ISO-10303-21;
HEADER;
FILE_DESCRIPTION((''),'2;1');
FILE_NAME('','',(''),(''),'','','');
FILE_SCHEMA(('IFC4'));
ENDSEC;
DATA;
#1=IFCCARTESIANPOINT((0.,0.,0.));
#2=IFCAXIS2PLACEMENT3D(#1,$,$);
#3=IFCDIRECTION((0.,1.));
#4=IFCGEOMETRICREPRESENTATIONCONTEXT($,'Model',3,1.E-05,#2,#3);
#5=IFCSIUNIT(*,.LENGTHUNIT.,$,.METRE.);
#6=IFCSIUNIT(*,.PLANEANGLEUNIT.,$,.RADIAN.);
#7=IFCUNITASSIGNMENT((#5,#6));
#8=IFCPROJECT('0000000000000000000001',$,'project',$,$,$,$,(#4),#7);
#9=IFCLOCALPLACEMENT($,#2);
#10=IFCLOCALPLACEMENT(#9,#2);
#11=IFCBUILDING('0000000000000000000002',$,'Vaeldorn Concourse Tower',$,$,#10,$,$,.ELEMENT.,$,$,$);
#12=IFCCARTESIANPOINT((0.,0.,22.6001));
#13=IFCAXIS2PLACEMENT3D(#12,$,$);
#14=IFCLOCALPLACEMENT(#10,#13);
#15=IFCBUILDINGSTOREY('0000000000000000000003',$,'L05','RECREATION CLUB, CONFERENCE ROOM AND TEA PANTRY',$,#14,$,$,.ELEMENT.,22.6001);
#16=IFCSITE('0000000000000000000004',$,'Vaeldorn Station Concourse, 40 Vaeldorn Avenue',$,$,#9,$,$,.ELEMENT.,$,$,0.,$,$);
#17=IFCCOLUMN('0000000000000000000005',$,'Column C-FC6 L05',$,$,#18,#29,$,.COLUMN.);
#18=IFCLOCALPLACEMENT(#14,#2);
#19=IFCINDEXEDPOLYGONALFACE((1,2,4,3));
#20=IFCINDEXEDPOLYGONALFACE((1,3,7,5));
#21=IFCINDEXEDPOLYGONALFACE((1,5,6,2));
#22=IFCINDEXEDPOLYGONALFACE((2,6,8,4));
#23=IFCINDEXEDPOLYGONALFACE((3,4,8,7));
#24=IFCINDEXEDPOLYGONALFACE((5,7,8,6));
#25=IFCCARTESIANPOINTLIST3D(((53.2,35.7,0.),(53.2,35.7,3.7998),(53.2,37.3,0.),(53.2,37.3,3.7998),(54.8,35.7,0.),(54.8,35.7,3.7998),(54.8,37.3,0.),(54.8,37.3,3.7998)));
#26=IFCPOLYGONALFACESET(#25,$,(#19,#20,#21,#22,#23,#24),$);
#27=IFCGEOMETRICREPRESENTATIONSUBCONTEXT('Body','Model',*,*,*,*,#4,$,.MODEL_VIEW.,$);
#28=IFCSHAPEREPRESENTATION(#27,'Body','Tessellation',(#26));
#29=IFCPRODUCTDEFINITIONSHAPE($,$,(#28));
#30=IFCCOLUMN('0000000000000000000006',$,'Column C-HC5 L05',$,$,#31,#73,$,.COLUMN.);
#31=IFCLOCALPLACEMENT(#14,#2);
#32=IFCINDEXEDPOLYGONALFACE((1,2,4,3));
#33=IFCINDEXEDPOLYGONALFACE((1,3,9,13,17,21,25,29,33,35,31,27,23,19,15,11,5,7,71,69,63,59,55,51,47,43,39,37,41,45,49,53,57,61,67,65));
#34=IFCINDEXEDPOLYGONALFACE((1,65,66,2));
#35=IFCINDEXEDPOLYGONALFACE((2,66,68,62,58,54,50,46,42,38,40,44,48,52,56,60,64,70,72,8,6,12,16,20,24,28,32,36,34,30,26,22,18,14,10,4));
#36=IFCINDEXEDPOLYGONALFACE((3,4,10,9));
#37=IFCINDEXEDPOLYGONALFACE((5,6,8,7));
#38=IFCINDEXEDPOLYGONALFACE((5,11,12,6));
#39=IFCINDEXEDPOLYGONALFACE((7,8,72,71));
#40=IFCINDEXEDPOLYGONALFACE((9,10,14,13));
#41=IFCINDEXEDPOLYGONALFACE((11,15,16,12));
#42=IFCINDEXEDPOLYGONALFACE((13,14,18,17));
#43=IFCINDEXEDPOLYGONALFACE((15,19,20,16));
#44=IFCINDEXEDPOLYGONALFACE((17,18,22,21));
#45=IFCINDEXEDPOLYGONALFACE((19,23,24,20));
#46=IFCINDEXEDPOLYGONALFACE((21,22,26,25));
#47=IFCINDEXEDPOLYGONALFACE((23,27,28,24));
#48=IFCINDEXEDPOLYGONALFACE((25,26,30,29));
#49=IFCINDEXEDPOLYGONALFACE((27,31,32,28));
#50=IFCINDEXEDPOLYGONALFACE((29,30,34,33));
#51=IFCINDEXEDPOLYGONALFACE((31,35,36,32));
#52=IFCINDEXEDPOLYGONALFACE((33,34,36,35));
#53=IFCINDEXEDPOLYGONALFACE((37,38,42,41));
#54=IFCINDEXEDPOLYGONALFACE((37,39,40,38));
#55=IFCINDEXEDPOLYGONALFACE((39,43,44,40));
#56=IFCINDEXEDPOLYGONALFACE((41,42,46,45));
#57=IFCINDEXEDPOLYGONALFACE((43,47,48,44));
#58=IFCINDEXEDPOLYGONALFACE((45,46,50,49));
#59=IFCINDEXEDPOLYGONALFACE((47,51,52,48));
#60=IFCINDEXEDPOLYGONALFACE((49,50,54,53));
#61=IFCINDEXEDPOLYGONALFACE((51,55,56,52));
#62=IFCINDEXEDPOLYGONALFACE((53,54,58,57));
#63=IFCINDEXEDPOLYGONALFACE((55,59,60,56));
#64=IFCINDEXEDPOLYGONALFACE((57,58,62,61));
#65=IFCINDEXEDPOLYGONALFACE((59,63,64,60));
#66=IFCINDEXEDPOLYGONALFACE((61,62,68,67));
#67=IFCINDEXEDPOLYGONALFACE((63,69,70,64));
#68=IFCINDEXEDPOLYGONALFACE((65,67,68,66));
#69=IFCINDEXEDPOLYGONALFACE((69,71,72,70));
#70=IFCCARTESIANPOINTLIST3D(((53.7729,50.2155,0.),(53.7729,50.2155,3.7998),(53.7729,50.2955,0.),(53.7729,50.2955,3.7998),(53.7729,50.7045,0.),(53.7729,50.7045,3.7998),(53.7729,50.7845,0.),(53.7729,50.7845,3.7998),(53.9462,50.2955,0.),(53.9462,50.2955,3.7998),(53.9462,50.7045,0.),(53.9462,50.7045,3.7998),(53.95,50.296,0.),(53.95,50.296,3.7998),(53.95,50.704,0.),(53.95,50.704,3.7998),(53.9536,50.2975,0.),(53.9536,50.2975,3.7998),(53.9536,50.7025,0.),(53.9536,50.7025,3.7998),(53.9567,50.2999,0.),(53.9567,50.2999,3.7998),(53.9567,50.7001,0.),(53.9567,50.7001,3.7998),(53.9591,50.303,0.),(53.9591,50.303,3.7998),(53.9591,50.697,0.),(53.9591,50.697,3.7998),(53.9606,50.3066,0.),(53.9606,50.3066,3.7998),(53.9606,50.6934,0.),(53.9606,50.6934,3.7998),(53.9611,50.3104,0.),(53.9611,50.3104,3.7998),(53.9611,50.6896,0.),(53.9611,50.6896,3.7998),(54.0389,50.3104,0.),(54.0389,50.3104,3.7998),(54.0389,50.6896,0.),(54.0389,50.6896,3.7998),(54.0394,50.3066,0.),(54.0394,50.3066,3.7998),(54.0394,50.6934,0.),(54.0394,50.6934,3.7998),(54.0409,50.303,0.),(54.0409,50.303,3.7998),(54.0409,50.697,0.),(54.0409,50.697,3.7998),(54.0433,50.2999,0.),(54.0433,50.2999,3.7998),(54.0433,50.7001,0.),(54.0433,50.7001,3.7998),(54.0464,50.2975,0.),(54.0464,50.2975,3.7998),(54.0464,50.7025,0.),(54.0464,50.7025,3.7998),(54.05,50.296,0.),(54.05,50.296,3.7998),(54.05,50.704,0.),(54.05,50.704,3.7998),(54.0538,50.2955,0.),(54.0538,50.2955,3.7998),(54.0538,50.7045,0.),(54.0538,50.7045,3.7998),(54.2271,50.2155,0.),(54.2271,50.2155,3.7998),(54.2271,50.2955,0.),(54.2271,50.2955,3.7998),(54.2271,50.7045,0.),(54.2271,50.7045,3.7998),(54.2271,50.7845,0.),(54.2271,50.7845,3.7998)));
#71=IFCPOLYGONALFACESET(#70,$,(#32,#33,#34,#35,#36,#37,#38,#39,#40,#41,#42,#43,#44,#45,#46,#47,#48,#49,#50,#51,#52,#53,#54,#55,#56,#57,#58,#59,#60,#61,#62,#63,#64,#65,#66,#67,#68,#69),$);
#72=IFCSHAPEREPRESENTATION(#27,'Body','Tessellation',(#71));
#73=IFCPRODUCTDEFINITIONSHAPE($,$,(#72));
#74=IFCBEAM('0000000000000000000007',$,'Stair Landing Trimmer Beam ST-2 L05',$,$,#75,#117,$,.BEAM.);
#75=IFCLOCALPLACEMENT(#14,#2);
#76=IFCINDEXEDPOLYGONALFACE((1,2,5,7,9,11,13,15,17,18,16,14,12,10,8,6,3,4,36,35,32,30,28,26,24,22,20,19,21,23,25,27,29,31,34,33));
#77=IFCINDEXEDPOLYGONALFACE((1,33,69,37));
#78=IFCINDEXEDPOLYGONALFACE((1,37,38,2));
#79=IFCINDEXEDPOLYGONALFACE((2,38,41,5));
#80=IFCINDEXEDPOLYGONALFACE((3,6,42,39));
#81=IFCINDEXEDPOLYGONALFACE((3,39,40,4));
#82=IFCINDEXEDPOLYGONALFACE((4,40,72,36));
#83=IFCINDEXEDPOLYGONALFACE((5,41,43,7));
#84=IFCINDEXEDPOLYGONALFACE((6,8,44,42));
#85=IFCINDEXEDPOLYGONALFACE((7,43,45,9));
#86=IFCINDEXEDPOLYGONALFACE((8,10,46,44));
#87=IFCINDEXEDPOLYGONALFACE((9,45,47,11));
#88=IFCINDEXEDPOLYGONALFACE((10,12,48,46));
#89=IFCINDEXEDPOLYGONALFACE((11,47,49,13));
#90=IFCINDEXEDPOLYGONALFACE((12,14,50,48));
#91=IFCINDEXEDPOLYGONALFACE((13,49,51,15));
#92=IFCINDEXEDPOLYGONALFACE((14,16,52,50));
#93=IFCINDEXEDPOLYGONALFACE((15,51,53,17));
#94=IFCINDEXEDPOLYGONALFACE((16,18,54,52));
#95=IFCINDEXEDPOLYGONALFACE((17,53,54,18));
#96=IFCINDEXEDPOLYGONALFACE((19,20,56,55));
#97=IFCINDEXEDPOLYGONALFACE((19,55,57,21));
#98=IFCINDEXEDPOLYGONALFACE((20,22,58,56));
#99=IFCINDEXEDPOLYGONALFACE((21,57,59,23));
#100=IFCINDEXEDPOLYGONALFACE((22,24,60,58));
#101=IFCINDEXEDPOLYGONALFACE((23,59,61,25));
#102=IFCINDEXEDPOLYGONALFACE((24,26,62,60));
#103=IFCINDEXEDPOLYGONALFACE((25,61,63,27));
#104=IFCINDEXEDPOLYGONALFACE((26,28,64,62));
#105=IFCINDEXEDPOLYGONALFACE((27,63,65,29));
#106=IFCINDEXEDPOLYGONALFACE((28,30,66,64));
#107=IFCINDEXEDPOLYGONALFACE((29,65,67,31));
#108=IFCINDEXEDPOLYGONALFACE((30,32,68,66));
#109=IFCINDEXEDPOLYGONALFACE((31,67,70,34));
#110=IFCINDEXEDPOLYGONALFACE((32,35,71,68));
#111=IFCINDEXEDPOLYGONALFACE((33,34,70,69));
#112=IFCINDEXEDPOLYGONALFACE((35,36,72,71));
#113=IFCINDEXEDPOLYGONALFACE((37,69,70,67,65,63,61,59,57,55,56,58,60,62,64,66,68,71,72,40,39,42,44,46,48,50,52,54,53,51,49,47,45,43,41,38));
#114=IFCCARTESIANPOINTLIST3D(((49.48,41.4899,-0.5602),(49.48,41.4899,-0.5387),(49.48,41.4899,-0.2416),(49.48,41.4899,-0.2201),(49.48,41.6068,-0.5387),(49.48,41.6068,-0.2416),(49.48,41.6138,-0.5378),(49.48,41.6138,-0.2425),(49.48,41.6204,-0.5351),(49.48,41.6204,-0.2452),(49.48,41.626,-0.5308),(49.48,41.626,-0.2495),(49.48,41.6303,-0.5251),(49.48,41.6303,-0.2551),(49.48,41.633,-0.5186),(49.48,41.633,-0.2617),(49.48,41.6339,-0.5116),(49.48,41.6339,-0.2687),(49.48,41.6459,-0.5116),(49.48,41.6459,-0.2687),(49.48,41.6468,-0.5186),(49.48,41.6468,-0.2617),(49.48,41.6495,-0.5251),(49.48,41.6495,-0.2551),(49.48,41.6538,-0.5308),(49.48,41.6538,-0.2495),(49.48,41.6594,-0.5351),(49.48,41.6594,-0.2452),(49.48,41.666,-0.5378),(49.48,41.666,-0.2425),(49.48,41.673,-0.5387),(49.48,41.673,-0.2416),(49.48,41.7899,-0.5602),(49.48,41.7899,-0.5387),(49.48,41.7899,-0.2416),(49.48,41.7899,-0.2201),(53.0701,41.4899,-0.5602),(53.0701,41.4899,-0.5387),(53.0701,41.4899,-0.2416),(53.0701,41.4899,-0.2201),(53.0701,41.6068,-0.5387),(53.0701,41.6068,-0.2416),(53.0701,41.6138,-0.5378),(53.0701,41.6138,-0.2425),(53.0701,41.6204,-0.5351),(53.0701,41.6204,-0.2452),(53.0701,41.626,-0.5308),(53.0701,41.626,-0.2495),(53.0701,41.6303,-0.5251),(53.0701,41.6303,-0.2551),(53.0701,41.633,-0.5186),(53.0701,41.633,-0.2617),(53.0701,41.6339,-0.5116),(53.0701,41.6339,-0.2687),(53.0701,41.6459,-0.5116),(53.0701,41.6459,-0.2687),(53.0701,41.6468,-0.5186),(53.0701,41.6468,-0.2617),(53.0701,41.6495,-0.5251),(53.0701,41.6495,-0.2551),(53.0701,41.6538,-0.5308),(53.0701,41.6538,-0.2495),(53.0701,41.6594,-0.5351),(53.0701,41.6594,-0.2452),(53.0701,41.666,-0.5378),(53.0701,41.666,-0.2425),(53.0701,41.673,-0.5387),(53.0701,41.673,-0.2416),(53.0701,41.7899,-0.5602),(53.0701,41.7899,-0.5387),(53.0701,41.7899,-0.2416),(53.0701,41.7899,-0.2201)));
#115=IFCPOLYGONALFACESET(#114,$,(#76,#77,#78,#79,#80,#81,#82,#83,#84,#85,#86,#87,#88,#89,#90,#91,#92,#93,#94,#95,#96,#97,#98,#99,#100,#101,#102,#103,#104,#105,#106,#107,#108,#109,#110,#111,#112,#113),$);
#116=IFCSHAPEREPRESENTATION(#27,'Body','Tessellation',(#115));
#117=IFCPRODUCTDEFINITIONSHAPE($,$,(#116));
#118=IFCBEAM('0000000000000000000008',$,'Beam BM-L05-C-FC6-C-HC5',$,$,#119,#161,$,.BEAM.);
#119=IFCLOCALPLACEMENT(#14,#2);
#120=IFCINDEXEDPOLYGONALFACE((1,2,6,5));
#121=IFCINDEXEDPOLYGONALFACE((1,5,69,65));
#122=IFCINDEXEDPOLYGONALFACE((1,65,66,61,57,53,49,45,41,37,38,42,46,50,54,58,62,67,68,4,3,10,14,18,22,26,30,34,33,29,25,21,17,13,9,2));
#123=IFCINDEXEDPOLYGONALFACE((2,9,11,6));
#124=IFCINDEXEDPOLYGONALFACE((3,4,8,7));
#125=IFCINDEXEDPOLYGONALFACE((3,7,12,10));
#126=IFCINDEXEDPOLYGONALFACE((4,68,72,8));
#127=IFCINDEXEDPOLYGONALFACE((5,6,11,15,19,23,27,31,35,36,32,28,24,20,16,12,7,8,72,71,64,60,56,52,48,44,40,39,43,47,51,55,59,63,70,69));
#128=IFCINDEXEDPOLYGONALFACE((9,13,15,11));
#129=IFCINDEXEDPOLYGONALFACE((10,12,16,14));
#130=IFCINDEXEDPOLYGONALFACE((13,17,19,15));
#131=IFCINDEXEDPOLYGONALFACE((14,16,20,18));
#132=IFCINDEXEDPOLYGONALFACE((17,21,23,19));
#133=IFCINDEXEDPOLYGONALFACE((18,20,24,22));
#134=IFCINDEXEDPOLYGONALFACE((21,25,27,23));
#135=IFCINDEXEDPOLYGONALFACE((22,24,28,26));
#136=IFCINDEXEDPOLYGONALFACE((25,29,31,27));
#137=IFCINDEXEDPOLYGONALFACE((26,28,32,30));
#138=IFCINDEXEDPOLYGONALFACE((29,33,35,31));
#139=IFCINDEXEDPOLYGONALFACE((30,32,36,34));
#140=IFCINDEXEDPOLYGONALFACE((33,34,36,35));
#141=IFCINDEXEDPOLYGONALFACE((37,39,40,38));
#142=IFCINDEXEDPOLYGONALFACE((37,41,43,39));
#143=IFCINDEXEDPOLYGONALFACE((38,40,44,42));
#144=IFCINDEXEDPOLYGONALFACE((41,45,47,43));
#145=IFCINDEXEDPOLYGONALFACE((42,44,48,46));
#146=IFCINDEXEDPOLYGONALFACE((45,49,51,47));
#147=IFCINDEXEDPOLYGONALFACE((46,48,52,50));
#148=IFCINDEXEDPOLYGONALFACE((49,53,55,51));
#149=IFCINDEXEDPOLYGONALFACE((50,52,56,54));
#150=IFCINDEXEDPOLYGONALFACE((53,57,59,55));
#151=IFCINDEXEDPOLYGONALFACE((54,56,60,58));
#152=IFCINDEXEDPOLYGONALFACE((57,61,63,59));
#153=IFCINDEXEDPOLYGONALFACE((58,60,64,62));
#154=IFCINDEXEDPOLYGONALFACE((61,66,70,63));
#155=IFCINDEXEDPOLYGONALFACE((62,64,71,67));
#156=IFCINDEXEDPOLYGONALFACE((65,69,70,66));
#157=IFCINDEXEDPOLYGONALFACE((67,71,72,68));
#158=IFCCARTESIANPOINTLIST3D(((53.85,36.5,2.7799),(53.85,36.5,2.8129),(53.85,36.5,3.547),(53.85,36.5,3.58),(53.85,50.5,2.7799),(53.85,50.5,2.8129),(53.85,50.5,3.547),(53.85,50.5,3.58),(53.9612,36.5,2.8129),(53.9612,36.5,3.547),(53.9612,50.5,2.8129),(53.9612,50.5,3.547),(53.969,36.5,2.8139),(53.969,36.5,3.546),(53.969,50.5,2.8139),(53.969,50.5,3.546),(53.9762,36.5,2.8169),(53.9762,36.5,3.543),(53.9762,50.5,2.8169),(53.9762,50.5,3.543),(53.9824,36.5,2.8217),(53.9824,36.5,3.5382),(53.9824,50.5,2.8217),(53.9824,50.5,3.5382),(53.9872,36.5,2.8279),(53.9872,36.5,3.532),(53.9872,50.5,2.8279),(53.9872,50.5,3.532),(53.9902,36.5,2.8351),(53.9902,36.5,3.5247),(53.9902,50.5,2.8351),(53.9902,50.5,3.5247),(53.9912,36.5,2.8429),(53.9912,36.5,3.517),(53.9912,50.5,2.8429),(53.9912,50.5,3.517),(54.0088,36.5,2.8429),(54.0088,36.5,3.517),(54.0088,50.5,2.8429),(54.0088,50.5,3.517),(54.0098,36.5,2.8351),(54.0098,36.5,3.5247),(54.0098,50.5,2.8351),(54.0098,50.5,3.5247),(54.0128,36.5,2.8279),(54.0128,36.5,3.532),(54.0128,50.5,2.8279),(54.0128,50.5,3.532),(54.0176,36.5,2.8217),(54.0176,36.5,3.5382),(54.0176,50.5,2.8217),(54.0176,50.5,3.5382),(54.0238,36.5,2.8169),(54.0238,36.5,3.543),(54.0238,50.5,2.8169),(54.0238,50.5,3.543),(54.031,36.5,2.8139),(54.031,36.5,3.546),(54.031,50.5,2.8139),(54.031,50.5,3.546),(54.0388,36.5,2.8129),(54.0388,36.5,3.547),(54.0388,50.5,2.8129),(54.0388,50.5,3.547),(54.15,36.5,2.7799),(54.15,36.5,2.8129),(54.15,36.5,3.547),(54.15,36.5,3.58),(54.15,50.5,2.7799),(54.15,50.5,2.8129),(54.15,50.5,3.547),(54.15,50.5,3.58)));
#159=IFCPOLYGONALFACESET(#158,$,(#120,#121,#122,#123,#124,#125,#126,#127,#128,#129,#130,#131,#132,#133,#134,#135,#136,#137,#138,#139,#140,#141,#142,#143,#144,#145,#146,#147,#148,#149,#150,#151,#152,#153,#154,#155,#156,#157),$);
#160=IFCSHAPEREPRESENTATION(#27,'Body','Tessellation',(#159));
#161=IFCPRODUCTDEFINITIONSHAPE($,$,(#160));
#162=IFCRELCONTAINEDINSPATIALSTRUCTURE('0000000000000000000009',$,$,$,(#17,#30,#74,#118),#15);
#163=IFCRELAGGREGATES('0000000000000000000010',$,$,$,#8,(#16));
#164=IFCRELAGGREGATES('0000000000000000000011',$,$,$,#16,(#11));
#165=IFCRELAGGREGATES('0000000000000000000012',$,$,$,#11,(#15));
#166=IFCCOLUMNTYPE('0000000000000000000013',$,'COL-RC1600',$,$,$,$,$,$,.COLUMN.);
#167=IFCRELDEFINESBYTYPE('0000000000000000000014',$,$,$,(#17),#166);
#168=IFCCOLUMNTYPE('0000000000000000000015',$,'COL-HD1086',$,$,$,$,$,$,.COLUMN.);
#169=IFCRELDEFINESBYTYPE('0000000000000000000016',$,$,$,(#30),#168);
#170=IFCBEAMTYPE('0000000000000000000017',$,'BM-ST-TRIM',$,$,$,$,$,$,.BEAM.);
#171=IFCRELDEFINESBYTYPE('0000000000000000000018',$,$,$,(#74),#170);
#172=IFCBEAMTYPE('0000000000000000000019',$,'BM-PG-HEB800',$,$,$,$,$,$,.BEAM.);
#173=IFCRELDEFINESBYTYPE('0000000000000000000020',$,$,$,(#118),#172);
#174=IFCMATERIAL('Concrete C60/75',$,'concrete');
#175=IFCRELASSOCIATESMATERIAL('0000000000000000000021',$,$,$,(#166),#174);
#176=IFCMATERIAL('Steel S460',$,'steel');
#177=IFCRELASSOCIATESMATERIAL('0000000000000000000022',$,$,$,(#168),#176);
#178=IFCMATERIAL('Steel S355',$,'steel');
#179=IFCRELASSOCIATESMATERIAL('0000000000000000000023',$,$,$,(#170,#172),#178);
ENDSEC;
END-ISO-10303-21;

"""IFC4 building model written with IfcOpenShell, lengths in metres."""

from ifc_helpers import new_model, si_unit, direction, frame, origin, origin_2d, place, context, subcontext, project, spatial, rectangle, i_section, extrude, source, transform, mapped, material, material_profile, profile_set, type_object, element, save


model = new_model("IFC4")

# Units and contexts
model_context = context("Model", 3, precision=1e-05, world=origin(), true_north=direction((0.0, 1.0)))
body_context = subcontext(model_context, "Body", "Model", "MODEL_VIEW")
ifc_project = project(units=[si_unit("LENGTHUNIT", "METRE"), si_unit("PLANEANGLEUNIT", "RADIAN")], contexts=[model_context])

# Site, building, storey
site_placement = place(None, origin())
site = spatial("IfcSite", under=ifc_project, at=site_placement, Name="Vaeldorn Station Concourse, 40 Vaeldorn Avenue", CompositionType="ELEMENT", RefElevation=0.0)
building_placement = place(site_placement, origin())
building = spatial("IfcBuilding", under=site, at=building_placement, Name="Vaeldorn Concourse Tower", CompositionType="ELEMENT")
storey_placement = place(building_placement, frame((0.0, 0.0, 22.6001)))
storey = spatial("IfcBuildingStorey", under=building, at=storey_placement, Name="L05", Description="RECREATION CLUB, CONFERENCE ROOM AND TEA PANTRY", CompositionType="ELEMENT", Elevation=22.6001)

# Columns
ifc_material_1 = material(Name="Concrete C60/75", Category="concrete")
ifc_material_profile_1 = material_profile(ifc_material_1, rectangle(XDim=1.6001, YDim=1.6001, at=origin_2d()), Name="RC 1600x1600")
ifc_profile_set_1 = profile_set([ifc_material_profile_1], Name="Concrete C60/75")
column_type_1 = type_object("IfcColumnType", Name="COL-RC1600", PredefinedType="COLUMN", material=ifc_profile_set_1)
shared_shape_1 = source(origin(), body_context, "Body", "SweptSolid", [
    extrude(rectangle(XDim=1.6001, YDim=1.6001, at=origin_2d()), origin(), (0.0, 0.0, 1.0), 3.7998),
])
column_1_placement = place(storey_placement, frame((54.0, 36.5, 0.0), z_axis=(0.0, 0.0, 1.0), x_axis=(1.0, 0.0, 0.0)))
element("IfcColumn", 1, at=column_1_placement, inside=storey, type_object=column_type_1, Name="Column C-FC6 L05", PredefinedType="COLUMN", context=body_context, shape_type="MappedRepresentation", body=[
    mapped(shared_shape_1, transform((0.0, 0.0, 0.0), scale=1.0)),
])
ifc_material_2 = material(Name="Steel S460", Category="steel")
ifc_material_profile_2 = material_profile(ifc_material_2, i_section(OverallWidth=0.4541, OverallDepth=0.5691, WebThickness=0.0779, FlangeThickness=0.0801, FilletRadius=0.0149, at=origin_2d()), Name="HD 400x1086")
ifc_profile_set_2 = profile_set([ifc_material_profile_2], Name="Steel S460")
column_type_2 = type_object("IfcColumnType", Name="COL-HD1086", PredefinedType="COLUMN", material=ifc_profile_set_2)
shared_shape_2 = source(origin(), body_context, "Body", "SweptSolid", [
    extrude(i_section(OverallWidth=0.4541, OverallDepth=0.5691, WebThickness=0.0779, FlangeThickness=0.0801, FilletRadius=0.0149, at=origin_2d()), origin(), (0.0, 0.0, 1.0), 3.7998),
])
column_2_placement = place(storey_placement, frame((54.0, 50.5, 0.0), z_axis=(0.0, 0.0, 1.0), x_axis=(1.0, 0.0, 0.0)))
element("IfcColumn", 2, at=column_2_placement, inside=storey, type_object=column_type_2, Name="Column C-HC5 L05", PredefinedType="COLUMN", context=body_context, shape_type="MappedRepresentation", body=[
    mapped(shared_shape_2, transform((0.0, 0.0, 0.0), scale=1.0)),
])

# Beams
ifc_material_3 = material(Name="Steel S355", Category="steel")
ifc_material_profile_3 = material_profile(ifc_material_3, i_section(OverallWidth=0.3, OverallDepth=0.3401, WebThickness=0.012, FlangeThickness=0.0215, FilletRadius=0.0271, at=origin_2d()), Name="HEB 340")
ifc_profile_set_3 = profile_set([ifc_material_profile_3], Name="Steel S355")
beam_type_1 = type_object("IfcBeamType", Name="BM-ST-TRIM", PredefinedType="BEAM", material=ifc_profile_set_3)
shared_shape_3 = source(origin(), body_context, "Body", "SweptSolid", [
    extrude(i_section(OverallWidth=0.3, OverallDepth=0.3401, WebThickness=0.012, FlangeThickness=0.0215, FilletRadius=0.0271, at=origin_2d()), origin(), (0.0, 0.0, 1.0), 3.5901),
])
beam_1_placement = place(storey_placement, frame((49.48, 41.6399, -0.3901), z_axis=(1.0, 0.0, 0.0), x_axis=(0.0, 1.0, 0.0)))
element("IfcBeam", 3, at=beam_1_placement, inside=storey, type_object=beam_type_1, Name="Stair Landing Trimmer Beam ST-2 L05", PredefinedType="BEAM", context=body_context, shape_type="MappedRepresentation", body=[
    mapped(shared_shape_3, transform((0.0, 0.0, 0.0), scale=1.0)),
])
ifc_material_profile_4 = material_profile(ifc_material_3, i_section(OverallWidth=0.3, OverallDepth=0.8, WebThickness=0.0176, FlangeThickness=0.033, FilletRadius=0.03, at=origin_2d()), Name="HEB 800")
ifc_profile_set_4 = profile_set([ifc_material_profile_4], Name="Steel S355")
beam_type_2 = type_object("IfcBeamType", Name="BM-PG-HEB800", PredefinedType="BEAM", material=ifc_profile_set_4)
shared_shape_4 = source(origin(), body_context, "Body", "SweptSolid", [
    extrude(i_section(OverallWidth=0.3, OverallDepth=0.8, WebThickness=0.0176, FlangeThickness=0.033, FilletRadius=0.03, at=origin_2d()), origin(), (0.0, 0.0, 1.0), 14.0),
])
beam_2_placement = place(storey_placement, frame((54.0, 36.5, 3.1799), z_axis=(0.0, 1.0, 0.0), x_axis=(-1.0, 0.0, 0.0)))
element("IfcBeam", 4, at=beam_2_placement, inside=storey, type_object=beam_type_2, Name="Beam BM-L05-C-FC6-C-HC5", PredefinedType="BEAM", context=body_context, shape_type="MappedRepresentation", body=[
    mapped(shared_shape_4, transform((0.0, 0.0, 0.0), scale=1.0)),
])

save(model, "model.ifc")
